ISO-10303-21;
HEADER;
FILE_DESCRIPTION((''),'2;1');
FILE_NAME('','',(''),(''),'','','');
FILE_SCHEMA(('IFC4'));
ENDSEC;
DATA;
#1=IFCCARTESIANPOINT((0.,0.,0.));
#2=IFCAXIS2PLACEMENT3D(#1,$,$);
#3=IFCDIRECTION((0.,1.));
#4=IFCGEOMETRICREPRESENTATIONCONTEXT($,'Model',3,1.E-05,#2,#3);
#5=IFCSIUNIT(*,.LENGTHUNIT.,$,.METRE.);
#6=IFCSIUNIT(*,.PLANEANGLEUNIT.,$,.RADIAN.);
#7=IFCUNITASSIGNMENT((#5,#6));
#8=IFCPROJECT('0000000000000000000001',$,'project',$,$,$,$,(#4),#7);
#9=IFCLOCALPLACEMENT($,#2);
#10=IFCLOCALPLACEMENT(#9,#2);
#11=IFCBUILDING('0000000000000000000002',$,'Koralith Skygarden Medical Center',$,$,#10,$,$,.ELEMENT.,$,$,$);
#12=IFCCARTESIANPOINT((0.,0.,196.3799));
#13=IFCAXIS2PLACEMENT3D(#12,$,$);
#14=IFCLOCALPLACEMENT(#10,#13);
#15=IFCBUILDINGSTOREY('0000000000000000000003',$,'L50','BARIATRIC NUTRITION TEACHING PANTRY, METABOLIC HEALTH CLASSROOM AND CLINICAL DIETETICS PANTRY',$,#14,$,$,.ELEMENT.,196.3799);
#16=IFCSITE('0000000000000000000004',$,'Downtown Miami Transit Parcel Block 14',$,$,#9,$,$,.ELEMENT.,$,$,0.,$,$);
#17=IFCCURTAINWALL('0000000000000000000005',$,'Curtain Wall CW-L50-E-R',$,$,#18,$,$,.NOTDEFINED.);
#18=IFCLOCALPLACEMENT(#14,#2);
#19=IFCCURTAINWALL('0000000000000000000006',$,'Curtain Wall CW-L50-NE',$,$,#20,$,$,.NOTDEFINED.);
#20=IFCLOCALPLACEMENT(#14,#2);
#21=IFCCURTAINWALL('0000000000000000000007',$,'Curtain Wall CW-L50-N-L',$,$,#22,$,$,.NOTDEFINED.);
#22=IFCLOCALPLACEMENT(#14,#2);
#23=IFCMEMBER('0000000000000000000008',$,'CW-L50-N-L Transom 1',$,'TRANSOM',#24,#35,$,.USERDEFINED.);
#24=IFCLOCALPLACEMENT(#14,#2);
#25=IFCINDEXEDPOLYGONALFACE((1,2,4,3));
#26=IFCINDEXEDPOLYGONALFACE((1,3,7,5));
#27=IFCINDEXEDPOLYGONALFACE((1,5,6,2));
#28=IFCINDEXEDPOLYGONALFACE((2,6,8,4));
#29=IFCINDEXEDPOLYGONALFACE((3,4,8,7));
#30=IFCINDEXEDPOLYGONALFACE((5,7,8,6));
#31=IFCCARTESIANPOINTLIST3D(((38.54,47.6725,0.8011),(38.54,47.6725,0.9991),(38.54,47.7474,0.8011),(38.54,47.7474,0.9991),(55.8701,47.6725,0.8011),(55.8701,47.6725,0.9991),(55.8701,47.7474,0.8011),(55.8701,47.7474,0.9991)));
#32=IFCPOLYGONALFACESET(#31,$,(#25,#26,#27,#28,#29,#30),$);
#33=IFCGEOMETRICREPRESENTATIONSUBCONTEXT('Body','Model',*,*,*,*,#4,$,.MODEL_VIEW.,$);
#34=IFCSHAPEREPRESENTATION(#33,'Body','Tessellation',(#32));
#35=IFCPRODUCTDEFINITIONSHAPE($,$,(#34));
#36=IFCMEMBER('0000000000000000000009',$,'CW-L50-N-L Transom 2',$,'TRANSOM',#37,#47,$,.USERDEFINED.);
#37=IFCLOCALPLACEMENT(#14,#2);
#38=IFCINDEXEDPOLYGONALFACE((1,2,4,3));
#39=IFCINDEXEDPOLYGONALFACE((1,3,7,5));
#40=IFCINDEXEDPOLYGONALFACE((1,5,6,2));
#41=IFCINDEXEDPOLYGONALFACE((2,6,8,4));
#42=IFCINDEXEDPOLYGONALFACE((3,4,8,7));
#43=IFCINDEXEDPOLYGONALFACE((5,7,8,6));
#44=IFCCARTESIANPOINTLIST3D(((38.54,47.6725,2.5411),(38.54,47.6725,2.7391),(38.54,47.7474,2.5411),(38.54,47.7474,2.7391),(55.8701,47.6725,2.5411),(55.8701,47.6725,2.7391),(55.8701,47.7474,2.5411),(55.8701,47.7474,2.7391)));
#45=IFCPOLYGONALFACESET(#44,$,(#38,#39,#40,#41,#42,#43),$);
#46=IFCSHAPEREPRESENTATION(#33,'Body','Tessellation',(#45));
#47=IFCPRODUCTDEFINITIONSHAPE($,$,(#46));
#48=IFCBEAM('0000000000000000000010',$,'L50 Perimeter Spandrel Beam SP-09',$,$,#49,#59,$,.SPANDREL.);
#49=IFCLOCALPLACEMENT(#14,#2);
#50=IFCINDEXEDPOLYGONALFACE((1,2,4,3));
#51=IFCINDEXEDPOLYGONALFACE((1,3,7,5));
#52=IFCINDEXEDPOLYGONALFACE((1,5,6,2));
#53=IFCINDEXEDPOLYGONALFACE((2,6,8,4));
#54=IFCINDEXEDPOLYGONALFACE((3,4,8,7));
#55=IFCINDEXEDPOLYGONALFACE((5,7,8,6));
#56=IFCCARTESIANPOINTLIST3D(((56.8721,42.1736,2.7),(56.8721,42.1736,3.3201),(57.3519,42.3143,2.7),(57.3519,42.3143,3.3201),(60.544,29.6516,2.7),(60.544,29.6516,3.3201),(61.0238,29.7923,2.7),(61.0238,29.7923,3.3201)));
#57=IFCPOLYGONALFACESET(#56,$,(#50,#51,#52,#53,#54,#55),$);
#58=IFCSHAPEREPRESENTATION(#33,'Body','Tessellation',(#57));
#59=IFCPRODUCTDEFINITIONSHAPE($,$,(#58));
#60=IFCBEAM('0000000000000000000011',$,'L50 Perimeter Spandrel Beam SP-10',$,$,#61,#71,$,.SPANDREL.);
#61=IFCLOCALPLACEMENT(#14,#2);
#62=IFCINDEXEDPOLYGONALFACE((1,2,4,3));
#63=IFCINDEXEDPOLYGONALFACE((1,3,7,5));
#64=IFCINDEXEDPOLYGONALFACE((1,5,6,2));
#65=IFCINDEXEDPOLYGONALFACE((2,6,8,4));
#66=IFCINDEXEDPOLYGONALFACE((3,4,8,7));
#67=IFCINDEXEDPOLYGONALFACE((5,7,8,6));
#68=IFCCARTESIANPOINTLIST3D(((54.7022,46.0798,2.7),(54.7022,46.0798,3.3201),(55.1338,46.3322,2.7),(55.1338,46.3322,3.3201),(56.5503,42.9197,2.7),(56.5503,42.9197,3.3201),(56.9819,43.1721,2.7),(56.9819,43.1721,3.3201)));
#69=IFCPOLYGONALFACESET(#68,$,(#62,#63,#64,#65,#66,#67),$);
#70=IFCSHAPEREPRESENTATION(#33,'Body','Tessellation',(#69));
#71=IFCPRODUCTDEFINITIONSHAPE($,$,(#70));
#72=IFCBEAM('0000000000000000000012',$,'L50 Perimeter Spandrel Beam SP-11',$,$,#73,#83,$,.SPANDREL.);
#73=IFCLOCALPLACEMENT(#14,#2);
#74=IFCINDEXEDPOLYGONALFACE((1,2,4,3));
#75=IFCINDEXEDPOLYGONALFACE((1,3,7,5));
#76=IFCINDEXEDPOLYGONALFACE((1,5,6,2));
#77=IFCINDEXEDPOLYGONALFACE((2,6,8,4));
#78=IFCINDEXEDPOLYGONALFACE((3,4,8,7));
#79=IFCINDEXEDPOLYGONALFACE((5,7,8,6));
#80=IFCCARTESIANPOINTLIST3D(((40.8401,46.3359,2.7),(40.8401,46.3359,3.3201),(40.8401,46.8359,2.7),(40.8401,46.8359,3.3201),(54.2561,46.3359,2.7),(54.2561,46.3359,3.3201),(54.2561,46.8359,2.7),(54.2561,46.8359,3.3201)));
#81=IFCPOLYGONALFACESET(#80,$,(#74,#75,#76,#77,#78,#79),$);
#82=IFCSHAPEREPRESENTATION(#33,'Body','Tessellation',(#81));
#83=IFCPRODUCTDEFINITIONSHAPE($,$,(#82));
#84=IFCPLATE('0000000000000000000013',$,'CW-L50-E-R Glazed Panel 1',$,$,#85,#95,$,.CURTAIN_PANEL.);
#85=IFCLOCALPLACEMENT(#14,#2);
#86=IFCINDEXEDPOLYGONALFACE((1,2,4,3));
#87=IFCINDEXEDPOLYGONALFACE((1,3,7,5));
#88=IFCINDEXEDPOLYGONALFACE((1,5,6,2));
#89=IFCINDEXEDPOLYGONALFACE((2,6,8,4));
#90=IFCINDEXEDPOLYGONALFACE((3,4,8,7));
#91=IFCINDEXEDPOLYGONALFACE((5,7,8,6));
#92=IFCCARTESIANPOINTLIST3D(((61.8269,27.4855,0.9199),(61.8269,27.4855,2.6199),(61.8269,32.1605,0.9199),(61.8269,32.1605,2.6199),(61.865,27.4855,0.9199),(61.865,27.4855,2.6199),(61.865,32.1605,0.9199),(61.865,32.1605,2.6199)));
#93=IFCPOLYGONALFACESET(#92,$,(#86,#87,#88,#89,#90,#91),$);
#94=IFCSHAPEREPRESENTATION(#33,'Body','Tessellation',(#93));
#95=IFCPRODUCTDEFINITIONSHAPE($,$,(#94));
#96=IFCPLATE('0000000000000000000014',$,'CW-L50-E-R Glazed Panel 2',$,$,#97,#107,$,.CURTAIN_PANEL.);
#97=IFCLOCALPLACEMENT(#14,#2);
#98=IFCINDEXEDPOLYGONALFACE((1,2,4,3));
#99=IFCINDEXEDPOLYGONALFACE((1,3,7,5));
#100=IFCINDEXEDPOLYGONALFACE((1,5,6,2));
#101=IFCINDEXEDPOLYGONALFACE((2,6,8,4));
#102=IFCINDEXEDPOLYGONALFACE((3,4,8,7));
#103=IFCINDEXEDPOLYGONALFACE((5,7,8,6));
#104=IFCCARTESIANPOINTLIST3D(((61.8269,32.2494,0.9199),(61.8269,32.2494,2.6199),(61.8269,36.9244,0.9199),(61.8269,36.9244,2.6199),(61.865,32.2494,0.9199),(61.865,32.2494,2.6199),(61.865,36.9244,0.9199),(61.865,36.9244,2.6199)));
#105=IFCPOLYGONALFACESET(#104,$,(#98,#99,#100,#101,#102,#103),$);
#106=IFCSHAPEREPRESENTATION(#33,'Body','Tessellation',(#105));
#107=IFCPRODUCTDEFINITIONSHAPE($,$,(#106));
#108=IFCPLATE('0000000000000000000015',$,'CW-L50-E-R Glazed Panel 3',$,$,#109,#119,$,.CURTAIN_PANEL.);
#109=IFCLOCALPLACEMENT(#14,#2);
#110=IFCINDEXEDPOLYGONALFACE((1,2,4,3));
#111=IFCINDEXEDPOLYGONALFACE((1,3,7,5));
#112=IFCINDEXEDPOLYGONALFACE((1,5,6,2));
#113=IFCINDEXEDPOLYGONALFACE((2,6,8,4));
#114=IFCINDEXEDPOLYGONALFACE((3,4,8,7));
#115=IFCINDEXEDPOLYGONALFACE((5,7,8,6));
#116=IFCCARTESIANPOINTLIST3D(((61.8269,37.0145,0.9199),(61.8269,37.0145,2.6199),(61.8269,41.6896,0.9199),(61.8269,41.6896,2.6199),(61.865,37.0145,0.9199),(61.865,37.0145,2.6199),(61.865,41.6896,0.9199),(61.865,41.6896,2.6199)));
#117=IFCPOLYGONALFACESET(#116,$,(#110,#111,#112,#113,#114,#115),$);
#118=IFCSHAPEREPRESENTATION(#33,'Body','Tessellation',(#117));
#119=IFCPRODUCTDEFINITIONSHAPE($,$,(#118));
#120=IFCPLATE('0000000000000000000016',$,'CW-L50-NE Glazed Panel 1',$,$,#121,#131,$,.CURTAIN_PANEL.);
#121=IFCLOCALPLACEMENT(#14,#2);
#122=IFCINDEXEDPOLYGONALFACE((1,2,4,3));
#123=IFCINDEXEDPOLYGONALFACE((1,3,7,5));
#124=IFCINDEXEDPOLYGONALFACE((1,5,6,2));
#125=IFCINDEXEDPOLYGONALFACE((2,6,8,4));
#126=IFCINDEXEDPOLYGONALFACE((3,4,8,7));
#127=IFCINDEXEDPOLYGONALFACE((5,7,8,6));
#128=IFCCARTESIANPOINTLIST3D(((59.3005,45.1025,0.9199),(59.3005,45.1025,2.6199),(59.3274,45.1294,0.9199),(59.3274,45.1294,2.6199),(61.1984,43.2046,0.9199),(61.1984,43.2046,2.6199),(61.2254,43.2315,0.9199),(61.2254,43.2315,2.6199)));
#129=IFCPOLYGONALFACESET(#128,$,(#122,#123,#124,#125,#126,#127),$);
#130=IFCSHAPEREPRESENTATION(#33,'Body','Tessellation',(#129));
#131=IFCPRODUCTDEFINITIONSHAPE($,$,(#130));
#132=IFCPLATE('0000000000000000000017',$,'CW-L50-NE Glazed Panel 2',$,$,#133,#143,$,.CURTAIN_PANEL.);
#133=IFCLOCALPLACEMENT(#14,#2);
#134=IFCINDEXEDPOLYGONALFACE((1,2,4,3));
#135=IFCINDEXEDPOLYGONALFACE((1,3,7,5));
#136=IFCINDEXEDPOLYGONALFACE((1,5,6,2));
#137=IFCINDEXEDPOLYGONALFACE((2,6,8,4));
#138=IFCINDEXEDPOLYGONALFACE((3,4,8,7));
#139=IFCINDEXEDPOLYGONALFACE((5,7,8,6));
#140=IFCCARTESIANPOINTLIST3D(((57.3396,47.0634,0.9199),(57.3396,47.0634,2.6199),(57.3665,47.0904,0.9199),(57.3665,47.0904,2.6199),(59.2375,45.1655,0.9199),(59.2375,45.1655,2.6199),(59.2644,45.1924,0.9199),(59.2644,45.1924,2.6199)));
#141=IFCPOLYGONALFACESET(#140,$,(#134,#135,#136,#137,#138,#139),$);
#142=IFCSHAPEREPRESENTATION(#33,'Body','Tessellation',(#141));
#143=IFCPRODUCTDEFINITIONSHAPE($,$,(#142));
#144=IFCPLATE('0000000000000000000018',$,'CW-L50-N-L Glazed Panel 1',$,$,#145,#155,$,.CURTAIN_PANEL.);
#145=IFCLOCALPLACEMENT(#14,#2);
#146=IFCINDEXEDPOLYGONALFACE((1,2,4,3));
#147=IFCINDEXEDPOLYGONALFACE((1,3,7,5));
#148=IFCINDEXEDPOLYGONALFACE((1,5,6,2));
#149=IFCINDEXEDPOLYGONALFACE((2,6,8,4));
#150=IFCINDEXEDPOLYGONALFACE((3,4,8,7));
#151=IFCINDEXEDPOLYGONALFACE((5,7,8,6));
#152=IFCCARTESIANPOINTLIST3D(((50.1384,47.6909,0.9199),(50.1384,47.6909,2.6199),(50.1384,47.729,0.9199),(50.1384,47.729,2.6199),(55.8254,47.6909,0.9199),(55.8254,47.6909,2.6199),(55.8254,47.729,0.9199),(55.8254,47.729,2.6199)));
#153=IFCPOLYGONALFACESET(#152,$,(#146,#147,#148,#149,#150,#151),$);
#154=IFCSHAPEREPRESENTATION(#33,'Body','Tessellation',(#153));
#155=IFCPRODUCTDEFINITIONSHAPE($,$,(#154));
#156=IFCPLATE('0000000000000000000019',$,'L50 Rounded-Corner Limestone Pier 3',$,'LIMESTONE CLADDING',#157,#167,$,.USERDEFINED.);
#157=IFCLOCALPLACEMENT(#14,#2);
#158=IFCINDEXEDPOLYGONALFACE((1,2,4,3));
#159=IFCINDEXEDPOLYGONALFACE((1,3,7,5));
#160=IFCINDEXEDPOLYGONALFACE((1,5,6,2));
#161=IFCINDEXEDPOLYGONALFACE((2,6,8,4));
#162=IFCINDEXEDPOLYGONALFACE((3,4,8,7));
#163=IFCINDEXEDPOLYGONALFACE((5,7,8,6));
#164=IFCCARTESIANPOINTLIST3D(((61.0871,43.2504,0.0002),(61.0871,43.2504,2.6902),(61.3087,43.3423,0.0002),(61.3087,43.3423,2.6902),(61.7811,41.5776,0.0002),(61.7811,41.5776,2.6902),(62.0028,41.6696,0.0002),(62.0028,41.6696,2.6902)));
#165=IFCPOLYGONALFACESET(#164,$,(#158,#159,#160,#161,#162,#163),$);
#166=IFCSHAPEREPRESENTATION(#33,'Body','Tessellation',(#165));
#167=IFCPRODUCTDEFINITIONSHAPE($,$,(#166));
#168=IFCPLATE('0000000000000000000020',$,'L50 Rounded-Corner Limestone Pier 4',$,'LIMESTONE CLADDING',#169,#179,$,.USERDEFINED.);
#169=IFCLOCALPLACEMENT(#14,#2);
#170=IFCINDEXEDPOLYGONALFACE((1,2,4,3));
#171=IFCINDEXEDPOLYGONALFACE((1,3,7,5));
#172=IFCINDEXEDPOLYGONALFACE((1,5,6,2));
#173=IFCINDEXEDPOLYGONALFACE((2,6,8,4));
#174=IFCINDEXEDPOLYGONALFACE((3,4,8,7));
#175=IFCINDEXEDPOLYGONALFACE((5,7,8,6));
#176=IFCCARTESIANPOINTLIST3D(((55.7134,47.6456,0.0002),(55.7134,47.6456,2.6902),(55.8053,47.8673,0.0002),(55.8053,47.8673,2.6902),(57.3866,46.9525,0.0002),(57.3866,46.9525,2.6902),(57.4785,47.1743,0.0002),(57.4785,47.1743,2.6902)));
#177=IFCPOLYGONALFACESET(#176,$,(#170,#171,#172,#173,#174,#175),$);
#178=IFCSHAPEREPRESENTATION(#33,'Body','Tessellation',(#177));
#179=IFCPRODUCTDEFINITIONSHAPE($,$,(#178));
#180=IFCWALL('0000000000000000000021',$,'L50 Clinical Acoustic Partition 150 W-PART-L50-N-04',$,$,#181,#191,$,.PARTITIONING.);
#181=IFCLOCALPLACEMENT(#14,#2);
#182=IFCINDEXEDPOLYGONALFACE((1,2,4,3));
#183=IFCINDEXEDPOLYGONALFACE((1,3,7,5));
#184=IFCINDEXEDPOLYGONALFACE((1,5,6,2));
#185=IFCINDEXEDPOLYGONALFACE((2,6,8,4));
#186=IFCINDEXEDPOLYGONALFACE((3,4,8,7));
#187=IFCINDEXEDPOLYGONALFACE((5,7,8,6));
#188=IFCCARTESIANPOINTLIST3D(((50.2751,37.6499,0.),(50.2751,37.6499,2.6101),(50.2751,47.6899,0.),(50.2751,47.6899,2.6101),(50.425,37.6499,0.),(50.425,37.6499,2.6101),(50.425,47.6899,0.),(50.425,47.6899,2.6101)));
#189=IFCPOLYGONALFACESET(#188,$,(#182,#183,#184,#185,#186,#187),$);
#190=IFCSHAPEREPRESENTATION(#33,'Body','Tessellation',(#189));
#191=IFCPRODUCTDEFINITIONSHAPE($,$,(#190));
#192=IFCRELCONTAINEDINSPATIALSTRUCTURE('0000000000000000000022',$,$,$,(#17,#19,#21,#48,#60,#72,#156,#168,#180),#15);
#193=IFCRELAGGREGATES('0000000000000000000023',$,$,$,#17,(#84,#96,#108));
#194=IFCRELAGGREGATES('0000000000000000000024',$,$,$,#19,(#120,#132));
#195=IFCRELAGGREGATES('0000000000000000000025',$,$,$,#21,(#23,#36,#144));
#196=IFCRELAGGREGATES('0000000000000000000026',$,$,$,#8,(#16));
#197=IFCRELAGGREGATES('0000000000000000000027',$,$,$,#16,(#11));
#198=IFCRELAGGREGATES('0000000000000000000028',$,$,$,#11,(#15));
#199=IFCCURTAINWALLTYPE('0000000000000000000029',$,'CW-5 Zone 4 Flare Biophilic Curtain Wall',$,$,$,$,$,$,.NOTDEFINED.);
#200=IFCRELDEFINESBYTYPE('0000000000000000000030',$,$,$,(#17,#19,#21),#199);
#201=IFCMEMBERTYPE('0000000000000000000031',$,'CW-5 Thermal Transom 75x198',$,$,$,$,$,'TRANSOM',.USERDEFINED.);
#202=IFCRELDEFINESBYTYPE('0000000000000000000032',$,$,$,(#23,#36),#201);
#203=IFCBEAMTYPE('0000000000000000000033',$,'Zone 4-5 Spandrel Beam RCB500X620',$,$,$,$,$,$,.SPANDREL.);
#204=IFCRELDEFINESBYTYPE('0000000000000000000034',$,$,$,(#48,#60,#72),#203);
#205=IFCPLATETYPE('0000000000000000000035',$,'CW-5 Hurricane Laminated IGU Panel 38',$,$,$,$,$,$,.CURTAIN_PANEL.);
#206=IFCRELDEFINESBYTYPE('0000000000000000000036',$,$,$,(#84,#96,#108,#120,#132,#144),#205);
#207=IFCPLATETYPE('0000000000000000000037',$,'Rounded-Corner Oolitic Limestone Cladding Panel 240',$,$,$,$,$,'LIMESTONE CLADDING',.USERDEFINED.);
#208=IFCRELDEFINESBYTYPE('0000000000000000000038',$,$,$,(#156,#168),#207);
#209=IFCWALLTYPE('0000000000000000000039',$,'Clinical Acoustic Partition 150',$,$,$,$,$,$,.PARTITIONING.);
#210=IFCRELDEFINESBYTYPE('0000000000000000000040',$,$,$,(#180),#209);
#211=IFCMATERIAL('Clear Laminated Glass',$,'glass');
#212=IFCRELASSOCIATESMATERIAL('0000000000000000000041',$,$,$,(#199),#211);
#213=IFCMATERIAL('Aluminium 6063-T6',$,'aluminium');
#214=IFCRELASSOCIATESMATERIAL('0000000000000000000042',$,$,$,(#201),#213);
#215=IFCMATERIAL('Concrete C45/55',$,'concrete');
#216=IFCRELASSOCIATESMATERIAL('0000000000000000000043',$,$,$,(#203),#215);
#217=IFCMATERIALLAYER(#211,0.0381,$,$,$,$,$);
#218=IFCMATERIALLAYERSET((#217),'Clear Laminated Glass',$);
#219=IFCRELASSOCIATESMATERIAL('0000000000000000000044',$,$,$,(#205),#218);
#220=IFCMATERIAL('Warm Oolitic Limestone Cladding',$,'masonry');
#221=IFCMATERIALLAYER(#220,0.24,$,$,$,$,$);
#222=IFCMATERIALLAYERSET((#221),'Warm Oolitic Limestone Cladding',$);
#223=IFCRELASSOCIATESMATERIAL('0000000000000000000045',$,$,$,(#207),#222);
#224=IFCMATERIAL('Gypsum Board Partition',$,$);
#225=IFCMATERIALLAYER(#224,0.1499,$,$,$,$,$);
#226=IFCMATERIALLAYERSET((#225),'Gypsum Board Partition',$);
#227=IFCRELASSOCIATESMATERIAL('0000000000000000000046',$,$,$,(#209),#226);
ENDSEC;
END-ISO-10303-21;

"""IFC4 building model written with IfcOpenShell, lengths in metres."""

from ifc_helpers import new_model, si_unit, direction, frame, frame_2d, origin, origin_2d, place, context, subcontext, project, spatial, rectangle, extrude, material, layer, layer_set, material_profile, profile_set, type_object, element, aggregate, save


model = new_model("IFC4")

# Units and contexts
model_context = context("Model", 3, precision=1e-05, world=origin(), true_north=direction((0.0, 1.0)))
body_context = subcontext(model_context, "Body", "Model", "MODEL_VIEW")
ifc_project = project(units=[si_unit("LENGTHUNIT", "METRE"), si_unit("PLANEANGLEUNIT", "RADIAN")], contexts=[model_context])

# Site, building, storey
site_placement = place(None, origin())
site = spatial("IfcSite", under=ifc_project, at=site_placement, Name="Downtown Miami Transit Parcel Block 14", CompositionType="ELEMENT", RefElevation=0.0)
building_placement = place(site_placement, origin())
building = spatial("IfcBuilding", under=site, at=building_placement, Name="Koralith Skygarden Medical Center", CompositionType="ELEMENT")
storey_placement = place(building_placement, frame((0.0, 0.0, 196.3799)))
storey = spatial("IfcBuildingStorey", under=building, at=storey_placement, Name="L50", Description="BARIATRIC NUTRITION TEACHING PANTRY, METABOLIC HEALTH CLASSROOM AND CLINICAL DIETETICS PANTRY", CompositionType="ELEMENT", Elevation=196.3799)

# Curtain walls
ifc_material_1 = material(Name="Clear Laminated Glass", Category="glass")
curtain_wall_type = type_object("IfcCurtainWallType", Name="CW-5 Zone 4 Flare Biophilic Curtain Wall", PredefinedType="NOTDEFINED", material=ifc_material_1)
curtain_wall_1_placement = place(storey_placement, origin())
curtain_wall_1 = element("IfcCurtainWall", 1, at=curtain_wall_1_placement, inside=storey, type_object=curtain_wall_type, Name="Curtain Wall CW-L50-E-R", PredefinedType="NOTDEFINED")
ifc_material_2 = material(Name="Aluminium 6063-T6", Category="aluminium")
curtain_wall_2_placement = place(storey_placement, origin())
curtain_wall_2 = element("IfcCurtainWall", 2, at=curtain_wall_2_placement, inside=storey, type_object=curtain_wall_type, Name="Curtain Wall CW-L50-NE", PredefinedType="NOTDEFINED")

# Curtain wall
curtain_wall_3_placement = place(storey_placement, origin())
curtain_wall_3 = element("IfcCurtainWall", 3, at=curtain_wall_3_placement, inside=storey, type_object=curtain_wall_type, Name="Curtain Wall CW-L50-N-L", PredefinedType="NOTDEFINED")

# Members
ifc_material_profile_1 = material_profile(ifc_material_2, rectangle(XDim=0.075, YDim=0.198, at=origin_2d()), Name="TRN75X198")
ifc_profile_set_1 = profile_set([ifc_material_profile_1], Name="Aluminium 6063-T6")
member_type_1 = type_object("IfcMemberType", Name="CW-5 Thermal Transom 75x198", ElementType="TRANSOM", PredefinedType="USERDEFINED", material=ifc_profile_set_1)
member_1_placement = place(storey_placement, frame((55.8701, 47.71, 0.9001), z_axis=(-1.0, 0.0, 0.0), x_axis=(0.0, -1.0, 0.0)))
member_1 = element("IfcMember", 4, at=member_1_placement, type_object=member_type_1, Name="CW-L50-N-L Transom 1", ObjectType="TRANSOM", PredefinedType="USERDEFINED", context=body_context, shape_type="SweptSolid", body=[
    extrude(rectangle(XDim=0.075, YDim=0.198, at=origin_2d()), origin(), (0.0, 0.0, 1.0), 17.3301),
])
member_2_placement = place(storey_placement, frame((55.8701, 47.71, 2.6401), z_axis=(-1.0, 0.0, 0.0), x_axis=(0.0, -1.0, 0.0)))
member_2 = element("IfcMember", 5, at=member_2_placement, type_object=member_type_1, Name="CW-L50-N-L Transom 2", ObjectType="TRANSOM", PredefinedType="USERDEFINED", context=body_context, shape_type="SweptSolid", body=[
    extrude(rectangle(XDim=0.075, YDim=0.198, at=origin_2d()), origin(), (0.0, 0.0, 1.0), 17.3301),
])

# Beams
ifc_material_3 = material(Name="Concrete C45/55", Category="concrete")
ifc_material_profile_2 = material_profile(ifc_material_3, rectangle(XDim=0.5, YDim=0.6201, at=origin_2d()), Name="RCB500X620")
ifc_profile_set_2 = profile_set([ifc_material_profile_2], Name="Concrete C45/55")
beam_type = type_object("IfcBeamType", Name="Zone 4-5 Spandrel Beam RCB500X620", PredefinedType="SPANDREL", material=ifc_profile_set_2)
beam_1_placement = place(storey_placement, frame((60.7839, 29.7219, 3.01), z_axis=(-0.281386, 0.959595, 0.0), x_axis=(-0.959595, -0.281386, 0.0)))
element("IfcBeam", 6, at=beam_1_placement, inside=storey, type_object=beam_type, Name="L50 Perimeter Spandrel Beam SP-09", PredefinedType="SPANDREL", context=body_context, shape_type="SweptSolid", body=[
    extrude(rectangle(XDim=0.5, YDim=0.6201, at=origin_2d()), origin(), (0.0, 0.0, 1.0), 13.0493),
])
beam_2_placement = place(storey_placement, frame((56.7661, 43.0459, 3.01), z_axis=(-0.504833, 0.863217, 0.0), x_axis=(-0.863217, -0.504833, 0.0)))
element("IfcBeam", 7, at=beam_2_placement, inside=storey, type_object=beam_type, Name="L50 Perimeter Spandrel Beam SP-10", PredefinedType="SPANDREL", context=body_context, shape_type="SweptSolid", body=[
    extrude(rectangle(XDim=0.5, YDim=0.6201, at=origin_2d()), origin(), (0.0, 0.0, 1.0), 3.6609),
])
beam_3_placement = place(storey_placement, frame((54.2561, 46.5859, 3.01), z_axis=(-1.0, 0.0, 0.0), x_axis=(0.0, -1.0, 0.0)))
element("IfcBeam", 8, at=beam_3_placement, inside=storey, type_object=beam_type, Name="L50 Perimeter Spandrel Beam SP-11", PredefinedType="SPANDREL", context=body_context, shape_type="SweptSolid", body=[
    extrude(rectangle(XDim=0.5, YDim=0.6201, at=origin_2d()), origin(), (0.0, 0.0, 1.0), 13.416),
])

# Plates
ifc_layer_1 = layer(ifc_material_1, 0.0381)
ifc_layer_set_1 = layer_set([ifc_layer_1], Name="Clear Laminated Glass")
plate_type_1 = type_object("IfcPlateType", Name="CW-5 Hurricane Laminated IGU Panel 38", PredefinedType="CURTAIN_PANEL", material=ifc_layer_set_1)
plate_1_placement = place(storey_placement, frame((61.8459, 29.823, 0.9199), z_axis=(0.0, 0.0, 1.0), x_axis=(0.0, 1.0, 0.0)))
plate_1 = element("IfcPlate", 9, at=plate_1_placement, type_object=plate_type_1, Name="CW-L50-E-R Glazed Panel 1", PredefinedType="CURTAIN_PANEL", context=body_context, shape_type="SweptSolid", body=[
    extrude(rectangle(XDim=4.675, YDim=0.0381, at=origin_2d()), origin(), (0.0, 0.0, 1.0), 1.7),
])
plate_2_placement = place(storey_placement, frame((61.8459, 34.5869, 0.9199), z_axis=(0.0, 0.0, 1.0), x_axis=(0.0, 1.0, 0.0)))
plate_2 = element("IfcPlate", 10, at=plate_2_placement, type_object=plate_type_1, Name="CW-L50-E-R Glazed Panel 2", PredefinedType="CURTAIN_PANEL", context=body_context, shape_type="SweptSolid", body=[
    extrude(rectangle(XDim=4.675, YDim=0.0381, at=origin_2d()), origin(), (0.0, 0.0, 1.0), 1.7),
])
plate_3_placement = place(storey_placement, frame((61.8459, 39.3521, 0.9199), z_axis=(0.0, 0.0, 1.0), x_axis=(0.0, 1.0, 0.0)))
plate_3 = element("IfcPlate", 11, at=plate_3_placement, type_object=plate_type_1, Name="CW-L50-E-R Glazed Panel 3", PredefinedType="CURTAIN_PANEL", context=body_context, shape_type="SweptSolid", body=[
    extrude(rectangle(XDim=4.675, YDim=0.0381, at=origin_2d()), origin(), (0.0, 0.0, 1.0), 1.7),
])
aggregate(curtain_wall_1, [plate_1, plate_2, plate_3])
plate_4_placement = place(storey_placement, frame((60.2629, 44.167, 0.9199), z_axis=(0.0, 0.0, 1.0), x_axis=(-0.707107, 0.707107, 0.0)))
plate_4 = element("IfcPlate", 12, at=plate_4_placement, type_object=plate_type_1, Name="CW-L50-NE Glazed Panel 1", PredefinedType="CURTAIN_PANEL", context=body_context, shape_type="SweptSolid", body=[
    extrude(rectangle(XDim=2.6841, YDim=0.0381, at=origin_2d()), origin(), (0.0, 0.0, 1.0), 1.7),
])
plate_5_placement = place(storey_placement, frame((58.302, 46.1279, 0.9199), z_axis=(0.0, 0.0, 1.0), x_axis=(-0.707107, 0.707107, 0.0)))
plate_5 = element("IfcPlate", 13, at=plate_5_placement, type_object=plate_type_1, Name="CW-L50-NE Glazed Panel 2", PredefinedType="CURTAIN_PANEL", context=body_context, shape_type="SweptSolid", body=[
    extrude(rectangle(XDim=2.6841, YDim=0.0381, at=origin_2d()), origin(), (0.0, 0.0, 1.0), 1.7),
])
aggregate(curtain_wall_2, [plate_4, plate_5])
plate_6_placement = place(storey_placement, frame((52.9819, 47.71, 0.9199), z_axis=(0.0, 0.0, 1.0), x_axis=(-1.0, 0.0, 0.0)))
plate_6 = element("IfcPlate", 14, at=plate_6_placement, type_object=plate_type_1, Name="CW-L50-N-L Glazed Panel 1", PredefinedType="CURTAIN_PANEL", context=body_context, shape_type="SweptSolid", body=[
    extrude(rectangle(XDim=5.687, YDim=0.0381, at=origin_2d()), origin(), (0.0, 0.0, 1.0), 1.7),
])
aggregate(curtain_wall_3, [member_1, member_2, plate_6])

# Plates
ifc_material_4 = material(Name="Warm Oolitic Limestone Cladding", Category="masonry")
ifc_layer_2 = layer(ifc_material_4, 0.24)
ifc_layer_set_2 = layer_set([ifc_layer_2], Name="Warm Oolitic Limestone Cladding")
plate_type_2 = type_object("IfcPlateType", Name="Rounded-Corner Oolitic Limestone Cladding Panel 240", ElementType="LIMESTONE CLADDING", PredefinedType="USERDEFINED", material=ifc_layer_set_2)
for number, where, z_axis, x_axis, name in (
    (15, (61.5449, 42.46, 0.0002), (0.0, 0.0, 1.0), (-0.383214, 0.92366, 0.0), "L50 Rounded-Corner Limestone Pier 3"),
    (16, (56.5959, 47.4099, 0.0002), (0.0, 0.0, 1.0), (-0.923885, 0.382671, 0.0), "L50 Rounded-Corner Limestone Pier 4"),
):
    element("IfcPlate", number, at=place(storey_placement, frame(where, z_axis=z_axis, x_axis=x_axis)), inside=storey, type_object=plate_type_2, Name=name, ObjectType="LIMESTONE CLADDING", PredefinedType="USERDEFINED", context=body_context, shape_type="SweptSolid", body=[
        extrude(rectangle(XDim=1.811, YDim=0.24, at=origin_2d()), origin(), (0.0, 0.0, 1.0), 2.6899),
    ])

# Wall
ifc_material_5 = material(Name="Gypsum Board Partition")
ifc_layer_3 = layer(ifc_material_5, 0.1499)
ifc_layer_set_3 = layer_set([ifc_layer_3], Name="Gypsum Board Partition")
wall_type_1 = type_object("IfcWallType", Name="Clinical Acoustic Partition 150", PredefinedType="PARTITIONING", material=ifc_layer_set_3)
wall_1_placement = place(storey_placement, frame((50.3501, 37.6499, 0.0), z_axis=(0.0, 0.0, 1.0), x_axis=(0.0, 1.0, 0.0)))
element("IfcWall", 17, at=wall_1_placement, inside=storey, type_object=wall_type_1, Name="L50 Clinical Acoustic Partition 150 W-PART-L50-N-04", PredefinedType="PARTITIONING", context=body_context, shape_type="SweptSolid", body=[
    extrude(rectangle(XDim=10.04, YDim=0.1499, at=frame_2d((5.02, 0.0))), origin(), (0.0, 0.0, 1.0), 2.6101),
])

save(model, "model.ifc")
